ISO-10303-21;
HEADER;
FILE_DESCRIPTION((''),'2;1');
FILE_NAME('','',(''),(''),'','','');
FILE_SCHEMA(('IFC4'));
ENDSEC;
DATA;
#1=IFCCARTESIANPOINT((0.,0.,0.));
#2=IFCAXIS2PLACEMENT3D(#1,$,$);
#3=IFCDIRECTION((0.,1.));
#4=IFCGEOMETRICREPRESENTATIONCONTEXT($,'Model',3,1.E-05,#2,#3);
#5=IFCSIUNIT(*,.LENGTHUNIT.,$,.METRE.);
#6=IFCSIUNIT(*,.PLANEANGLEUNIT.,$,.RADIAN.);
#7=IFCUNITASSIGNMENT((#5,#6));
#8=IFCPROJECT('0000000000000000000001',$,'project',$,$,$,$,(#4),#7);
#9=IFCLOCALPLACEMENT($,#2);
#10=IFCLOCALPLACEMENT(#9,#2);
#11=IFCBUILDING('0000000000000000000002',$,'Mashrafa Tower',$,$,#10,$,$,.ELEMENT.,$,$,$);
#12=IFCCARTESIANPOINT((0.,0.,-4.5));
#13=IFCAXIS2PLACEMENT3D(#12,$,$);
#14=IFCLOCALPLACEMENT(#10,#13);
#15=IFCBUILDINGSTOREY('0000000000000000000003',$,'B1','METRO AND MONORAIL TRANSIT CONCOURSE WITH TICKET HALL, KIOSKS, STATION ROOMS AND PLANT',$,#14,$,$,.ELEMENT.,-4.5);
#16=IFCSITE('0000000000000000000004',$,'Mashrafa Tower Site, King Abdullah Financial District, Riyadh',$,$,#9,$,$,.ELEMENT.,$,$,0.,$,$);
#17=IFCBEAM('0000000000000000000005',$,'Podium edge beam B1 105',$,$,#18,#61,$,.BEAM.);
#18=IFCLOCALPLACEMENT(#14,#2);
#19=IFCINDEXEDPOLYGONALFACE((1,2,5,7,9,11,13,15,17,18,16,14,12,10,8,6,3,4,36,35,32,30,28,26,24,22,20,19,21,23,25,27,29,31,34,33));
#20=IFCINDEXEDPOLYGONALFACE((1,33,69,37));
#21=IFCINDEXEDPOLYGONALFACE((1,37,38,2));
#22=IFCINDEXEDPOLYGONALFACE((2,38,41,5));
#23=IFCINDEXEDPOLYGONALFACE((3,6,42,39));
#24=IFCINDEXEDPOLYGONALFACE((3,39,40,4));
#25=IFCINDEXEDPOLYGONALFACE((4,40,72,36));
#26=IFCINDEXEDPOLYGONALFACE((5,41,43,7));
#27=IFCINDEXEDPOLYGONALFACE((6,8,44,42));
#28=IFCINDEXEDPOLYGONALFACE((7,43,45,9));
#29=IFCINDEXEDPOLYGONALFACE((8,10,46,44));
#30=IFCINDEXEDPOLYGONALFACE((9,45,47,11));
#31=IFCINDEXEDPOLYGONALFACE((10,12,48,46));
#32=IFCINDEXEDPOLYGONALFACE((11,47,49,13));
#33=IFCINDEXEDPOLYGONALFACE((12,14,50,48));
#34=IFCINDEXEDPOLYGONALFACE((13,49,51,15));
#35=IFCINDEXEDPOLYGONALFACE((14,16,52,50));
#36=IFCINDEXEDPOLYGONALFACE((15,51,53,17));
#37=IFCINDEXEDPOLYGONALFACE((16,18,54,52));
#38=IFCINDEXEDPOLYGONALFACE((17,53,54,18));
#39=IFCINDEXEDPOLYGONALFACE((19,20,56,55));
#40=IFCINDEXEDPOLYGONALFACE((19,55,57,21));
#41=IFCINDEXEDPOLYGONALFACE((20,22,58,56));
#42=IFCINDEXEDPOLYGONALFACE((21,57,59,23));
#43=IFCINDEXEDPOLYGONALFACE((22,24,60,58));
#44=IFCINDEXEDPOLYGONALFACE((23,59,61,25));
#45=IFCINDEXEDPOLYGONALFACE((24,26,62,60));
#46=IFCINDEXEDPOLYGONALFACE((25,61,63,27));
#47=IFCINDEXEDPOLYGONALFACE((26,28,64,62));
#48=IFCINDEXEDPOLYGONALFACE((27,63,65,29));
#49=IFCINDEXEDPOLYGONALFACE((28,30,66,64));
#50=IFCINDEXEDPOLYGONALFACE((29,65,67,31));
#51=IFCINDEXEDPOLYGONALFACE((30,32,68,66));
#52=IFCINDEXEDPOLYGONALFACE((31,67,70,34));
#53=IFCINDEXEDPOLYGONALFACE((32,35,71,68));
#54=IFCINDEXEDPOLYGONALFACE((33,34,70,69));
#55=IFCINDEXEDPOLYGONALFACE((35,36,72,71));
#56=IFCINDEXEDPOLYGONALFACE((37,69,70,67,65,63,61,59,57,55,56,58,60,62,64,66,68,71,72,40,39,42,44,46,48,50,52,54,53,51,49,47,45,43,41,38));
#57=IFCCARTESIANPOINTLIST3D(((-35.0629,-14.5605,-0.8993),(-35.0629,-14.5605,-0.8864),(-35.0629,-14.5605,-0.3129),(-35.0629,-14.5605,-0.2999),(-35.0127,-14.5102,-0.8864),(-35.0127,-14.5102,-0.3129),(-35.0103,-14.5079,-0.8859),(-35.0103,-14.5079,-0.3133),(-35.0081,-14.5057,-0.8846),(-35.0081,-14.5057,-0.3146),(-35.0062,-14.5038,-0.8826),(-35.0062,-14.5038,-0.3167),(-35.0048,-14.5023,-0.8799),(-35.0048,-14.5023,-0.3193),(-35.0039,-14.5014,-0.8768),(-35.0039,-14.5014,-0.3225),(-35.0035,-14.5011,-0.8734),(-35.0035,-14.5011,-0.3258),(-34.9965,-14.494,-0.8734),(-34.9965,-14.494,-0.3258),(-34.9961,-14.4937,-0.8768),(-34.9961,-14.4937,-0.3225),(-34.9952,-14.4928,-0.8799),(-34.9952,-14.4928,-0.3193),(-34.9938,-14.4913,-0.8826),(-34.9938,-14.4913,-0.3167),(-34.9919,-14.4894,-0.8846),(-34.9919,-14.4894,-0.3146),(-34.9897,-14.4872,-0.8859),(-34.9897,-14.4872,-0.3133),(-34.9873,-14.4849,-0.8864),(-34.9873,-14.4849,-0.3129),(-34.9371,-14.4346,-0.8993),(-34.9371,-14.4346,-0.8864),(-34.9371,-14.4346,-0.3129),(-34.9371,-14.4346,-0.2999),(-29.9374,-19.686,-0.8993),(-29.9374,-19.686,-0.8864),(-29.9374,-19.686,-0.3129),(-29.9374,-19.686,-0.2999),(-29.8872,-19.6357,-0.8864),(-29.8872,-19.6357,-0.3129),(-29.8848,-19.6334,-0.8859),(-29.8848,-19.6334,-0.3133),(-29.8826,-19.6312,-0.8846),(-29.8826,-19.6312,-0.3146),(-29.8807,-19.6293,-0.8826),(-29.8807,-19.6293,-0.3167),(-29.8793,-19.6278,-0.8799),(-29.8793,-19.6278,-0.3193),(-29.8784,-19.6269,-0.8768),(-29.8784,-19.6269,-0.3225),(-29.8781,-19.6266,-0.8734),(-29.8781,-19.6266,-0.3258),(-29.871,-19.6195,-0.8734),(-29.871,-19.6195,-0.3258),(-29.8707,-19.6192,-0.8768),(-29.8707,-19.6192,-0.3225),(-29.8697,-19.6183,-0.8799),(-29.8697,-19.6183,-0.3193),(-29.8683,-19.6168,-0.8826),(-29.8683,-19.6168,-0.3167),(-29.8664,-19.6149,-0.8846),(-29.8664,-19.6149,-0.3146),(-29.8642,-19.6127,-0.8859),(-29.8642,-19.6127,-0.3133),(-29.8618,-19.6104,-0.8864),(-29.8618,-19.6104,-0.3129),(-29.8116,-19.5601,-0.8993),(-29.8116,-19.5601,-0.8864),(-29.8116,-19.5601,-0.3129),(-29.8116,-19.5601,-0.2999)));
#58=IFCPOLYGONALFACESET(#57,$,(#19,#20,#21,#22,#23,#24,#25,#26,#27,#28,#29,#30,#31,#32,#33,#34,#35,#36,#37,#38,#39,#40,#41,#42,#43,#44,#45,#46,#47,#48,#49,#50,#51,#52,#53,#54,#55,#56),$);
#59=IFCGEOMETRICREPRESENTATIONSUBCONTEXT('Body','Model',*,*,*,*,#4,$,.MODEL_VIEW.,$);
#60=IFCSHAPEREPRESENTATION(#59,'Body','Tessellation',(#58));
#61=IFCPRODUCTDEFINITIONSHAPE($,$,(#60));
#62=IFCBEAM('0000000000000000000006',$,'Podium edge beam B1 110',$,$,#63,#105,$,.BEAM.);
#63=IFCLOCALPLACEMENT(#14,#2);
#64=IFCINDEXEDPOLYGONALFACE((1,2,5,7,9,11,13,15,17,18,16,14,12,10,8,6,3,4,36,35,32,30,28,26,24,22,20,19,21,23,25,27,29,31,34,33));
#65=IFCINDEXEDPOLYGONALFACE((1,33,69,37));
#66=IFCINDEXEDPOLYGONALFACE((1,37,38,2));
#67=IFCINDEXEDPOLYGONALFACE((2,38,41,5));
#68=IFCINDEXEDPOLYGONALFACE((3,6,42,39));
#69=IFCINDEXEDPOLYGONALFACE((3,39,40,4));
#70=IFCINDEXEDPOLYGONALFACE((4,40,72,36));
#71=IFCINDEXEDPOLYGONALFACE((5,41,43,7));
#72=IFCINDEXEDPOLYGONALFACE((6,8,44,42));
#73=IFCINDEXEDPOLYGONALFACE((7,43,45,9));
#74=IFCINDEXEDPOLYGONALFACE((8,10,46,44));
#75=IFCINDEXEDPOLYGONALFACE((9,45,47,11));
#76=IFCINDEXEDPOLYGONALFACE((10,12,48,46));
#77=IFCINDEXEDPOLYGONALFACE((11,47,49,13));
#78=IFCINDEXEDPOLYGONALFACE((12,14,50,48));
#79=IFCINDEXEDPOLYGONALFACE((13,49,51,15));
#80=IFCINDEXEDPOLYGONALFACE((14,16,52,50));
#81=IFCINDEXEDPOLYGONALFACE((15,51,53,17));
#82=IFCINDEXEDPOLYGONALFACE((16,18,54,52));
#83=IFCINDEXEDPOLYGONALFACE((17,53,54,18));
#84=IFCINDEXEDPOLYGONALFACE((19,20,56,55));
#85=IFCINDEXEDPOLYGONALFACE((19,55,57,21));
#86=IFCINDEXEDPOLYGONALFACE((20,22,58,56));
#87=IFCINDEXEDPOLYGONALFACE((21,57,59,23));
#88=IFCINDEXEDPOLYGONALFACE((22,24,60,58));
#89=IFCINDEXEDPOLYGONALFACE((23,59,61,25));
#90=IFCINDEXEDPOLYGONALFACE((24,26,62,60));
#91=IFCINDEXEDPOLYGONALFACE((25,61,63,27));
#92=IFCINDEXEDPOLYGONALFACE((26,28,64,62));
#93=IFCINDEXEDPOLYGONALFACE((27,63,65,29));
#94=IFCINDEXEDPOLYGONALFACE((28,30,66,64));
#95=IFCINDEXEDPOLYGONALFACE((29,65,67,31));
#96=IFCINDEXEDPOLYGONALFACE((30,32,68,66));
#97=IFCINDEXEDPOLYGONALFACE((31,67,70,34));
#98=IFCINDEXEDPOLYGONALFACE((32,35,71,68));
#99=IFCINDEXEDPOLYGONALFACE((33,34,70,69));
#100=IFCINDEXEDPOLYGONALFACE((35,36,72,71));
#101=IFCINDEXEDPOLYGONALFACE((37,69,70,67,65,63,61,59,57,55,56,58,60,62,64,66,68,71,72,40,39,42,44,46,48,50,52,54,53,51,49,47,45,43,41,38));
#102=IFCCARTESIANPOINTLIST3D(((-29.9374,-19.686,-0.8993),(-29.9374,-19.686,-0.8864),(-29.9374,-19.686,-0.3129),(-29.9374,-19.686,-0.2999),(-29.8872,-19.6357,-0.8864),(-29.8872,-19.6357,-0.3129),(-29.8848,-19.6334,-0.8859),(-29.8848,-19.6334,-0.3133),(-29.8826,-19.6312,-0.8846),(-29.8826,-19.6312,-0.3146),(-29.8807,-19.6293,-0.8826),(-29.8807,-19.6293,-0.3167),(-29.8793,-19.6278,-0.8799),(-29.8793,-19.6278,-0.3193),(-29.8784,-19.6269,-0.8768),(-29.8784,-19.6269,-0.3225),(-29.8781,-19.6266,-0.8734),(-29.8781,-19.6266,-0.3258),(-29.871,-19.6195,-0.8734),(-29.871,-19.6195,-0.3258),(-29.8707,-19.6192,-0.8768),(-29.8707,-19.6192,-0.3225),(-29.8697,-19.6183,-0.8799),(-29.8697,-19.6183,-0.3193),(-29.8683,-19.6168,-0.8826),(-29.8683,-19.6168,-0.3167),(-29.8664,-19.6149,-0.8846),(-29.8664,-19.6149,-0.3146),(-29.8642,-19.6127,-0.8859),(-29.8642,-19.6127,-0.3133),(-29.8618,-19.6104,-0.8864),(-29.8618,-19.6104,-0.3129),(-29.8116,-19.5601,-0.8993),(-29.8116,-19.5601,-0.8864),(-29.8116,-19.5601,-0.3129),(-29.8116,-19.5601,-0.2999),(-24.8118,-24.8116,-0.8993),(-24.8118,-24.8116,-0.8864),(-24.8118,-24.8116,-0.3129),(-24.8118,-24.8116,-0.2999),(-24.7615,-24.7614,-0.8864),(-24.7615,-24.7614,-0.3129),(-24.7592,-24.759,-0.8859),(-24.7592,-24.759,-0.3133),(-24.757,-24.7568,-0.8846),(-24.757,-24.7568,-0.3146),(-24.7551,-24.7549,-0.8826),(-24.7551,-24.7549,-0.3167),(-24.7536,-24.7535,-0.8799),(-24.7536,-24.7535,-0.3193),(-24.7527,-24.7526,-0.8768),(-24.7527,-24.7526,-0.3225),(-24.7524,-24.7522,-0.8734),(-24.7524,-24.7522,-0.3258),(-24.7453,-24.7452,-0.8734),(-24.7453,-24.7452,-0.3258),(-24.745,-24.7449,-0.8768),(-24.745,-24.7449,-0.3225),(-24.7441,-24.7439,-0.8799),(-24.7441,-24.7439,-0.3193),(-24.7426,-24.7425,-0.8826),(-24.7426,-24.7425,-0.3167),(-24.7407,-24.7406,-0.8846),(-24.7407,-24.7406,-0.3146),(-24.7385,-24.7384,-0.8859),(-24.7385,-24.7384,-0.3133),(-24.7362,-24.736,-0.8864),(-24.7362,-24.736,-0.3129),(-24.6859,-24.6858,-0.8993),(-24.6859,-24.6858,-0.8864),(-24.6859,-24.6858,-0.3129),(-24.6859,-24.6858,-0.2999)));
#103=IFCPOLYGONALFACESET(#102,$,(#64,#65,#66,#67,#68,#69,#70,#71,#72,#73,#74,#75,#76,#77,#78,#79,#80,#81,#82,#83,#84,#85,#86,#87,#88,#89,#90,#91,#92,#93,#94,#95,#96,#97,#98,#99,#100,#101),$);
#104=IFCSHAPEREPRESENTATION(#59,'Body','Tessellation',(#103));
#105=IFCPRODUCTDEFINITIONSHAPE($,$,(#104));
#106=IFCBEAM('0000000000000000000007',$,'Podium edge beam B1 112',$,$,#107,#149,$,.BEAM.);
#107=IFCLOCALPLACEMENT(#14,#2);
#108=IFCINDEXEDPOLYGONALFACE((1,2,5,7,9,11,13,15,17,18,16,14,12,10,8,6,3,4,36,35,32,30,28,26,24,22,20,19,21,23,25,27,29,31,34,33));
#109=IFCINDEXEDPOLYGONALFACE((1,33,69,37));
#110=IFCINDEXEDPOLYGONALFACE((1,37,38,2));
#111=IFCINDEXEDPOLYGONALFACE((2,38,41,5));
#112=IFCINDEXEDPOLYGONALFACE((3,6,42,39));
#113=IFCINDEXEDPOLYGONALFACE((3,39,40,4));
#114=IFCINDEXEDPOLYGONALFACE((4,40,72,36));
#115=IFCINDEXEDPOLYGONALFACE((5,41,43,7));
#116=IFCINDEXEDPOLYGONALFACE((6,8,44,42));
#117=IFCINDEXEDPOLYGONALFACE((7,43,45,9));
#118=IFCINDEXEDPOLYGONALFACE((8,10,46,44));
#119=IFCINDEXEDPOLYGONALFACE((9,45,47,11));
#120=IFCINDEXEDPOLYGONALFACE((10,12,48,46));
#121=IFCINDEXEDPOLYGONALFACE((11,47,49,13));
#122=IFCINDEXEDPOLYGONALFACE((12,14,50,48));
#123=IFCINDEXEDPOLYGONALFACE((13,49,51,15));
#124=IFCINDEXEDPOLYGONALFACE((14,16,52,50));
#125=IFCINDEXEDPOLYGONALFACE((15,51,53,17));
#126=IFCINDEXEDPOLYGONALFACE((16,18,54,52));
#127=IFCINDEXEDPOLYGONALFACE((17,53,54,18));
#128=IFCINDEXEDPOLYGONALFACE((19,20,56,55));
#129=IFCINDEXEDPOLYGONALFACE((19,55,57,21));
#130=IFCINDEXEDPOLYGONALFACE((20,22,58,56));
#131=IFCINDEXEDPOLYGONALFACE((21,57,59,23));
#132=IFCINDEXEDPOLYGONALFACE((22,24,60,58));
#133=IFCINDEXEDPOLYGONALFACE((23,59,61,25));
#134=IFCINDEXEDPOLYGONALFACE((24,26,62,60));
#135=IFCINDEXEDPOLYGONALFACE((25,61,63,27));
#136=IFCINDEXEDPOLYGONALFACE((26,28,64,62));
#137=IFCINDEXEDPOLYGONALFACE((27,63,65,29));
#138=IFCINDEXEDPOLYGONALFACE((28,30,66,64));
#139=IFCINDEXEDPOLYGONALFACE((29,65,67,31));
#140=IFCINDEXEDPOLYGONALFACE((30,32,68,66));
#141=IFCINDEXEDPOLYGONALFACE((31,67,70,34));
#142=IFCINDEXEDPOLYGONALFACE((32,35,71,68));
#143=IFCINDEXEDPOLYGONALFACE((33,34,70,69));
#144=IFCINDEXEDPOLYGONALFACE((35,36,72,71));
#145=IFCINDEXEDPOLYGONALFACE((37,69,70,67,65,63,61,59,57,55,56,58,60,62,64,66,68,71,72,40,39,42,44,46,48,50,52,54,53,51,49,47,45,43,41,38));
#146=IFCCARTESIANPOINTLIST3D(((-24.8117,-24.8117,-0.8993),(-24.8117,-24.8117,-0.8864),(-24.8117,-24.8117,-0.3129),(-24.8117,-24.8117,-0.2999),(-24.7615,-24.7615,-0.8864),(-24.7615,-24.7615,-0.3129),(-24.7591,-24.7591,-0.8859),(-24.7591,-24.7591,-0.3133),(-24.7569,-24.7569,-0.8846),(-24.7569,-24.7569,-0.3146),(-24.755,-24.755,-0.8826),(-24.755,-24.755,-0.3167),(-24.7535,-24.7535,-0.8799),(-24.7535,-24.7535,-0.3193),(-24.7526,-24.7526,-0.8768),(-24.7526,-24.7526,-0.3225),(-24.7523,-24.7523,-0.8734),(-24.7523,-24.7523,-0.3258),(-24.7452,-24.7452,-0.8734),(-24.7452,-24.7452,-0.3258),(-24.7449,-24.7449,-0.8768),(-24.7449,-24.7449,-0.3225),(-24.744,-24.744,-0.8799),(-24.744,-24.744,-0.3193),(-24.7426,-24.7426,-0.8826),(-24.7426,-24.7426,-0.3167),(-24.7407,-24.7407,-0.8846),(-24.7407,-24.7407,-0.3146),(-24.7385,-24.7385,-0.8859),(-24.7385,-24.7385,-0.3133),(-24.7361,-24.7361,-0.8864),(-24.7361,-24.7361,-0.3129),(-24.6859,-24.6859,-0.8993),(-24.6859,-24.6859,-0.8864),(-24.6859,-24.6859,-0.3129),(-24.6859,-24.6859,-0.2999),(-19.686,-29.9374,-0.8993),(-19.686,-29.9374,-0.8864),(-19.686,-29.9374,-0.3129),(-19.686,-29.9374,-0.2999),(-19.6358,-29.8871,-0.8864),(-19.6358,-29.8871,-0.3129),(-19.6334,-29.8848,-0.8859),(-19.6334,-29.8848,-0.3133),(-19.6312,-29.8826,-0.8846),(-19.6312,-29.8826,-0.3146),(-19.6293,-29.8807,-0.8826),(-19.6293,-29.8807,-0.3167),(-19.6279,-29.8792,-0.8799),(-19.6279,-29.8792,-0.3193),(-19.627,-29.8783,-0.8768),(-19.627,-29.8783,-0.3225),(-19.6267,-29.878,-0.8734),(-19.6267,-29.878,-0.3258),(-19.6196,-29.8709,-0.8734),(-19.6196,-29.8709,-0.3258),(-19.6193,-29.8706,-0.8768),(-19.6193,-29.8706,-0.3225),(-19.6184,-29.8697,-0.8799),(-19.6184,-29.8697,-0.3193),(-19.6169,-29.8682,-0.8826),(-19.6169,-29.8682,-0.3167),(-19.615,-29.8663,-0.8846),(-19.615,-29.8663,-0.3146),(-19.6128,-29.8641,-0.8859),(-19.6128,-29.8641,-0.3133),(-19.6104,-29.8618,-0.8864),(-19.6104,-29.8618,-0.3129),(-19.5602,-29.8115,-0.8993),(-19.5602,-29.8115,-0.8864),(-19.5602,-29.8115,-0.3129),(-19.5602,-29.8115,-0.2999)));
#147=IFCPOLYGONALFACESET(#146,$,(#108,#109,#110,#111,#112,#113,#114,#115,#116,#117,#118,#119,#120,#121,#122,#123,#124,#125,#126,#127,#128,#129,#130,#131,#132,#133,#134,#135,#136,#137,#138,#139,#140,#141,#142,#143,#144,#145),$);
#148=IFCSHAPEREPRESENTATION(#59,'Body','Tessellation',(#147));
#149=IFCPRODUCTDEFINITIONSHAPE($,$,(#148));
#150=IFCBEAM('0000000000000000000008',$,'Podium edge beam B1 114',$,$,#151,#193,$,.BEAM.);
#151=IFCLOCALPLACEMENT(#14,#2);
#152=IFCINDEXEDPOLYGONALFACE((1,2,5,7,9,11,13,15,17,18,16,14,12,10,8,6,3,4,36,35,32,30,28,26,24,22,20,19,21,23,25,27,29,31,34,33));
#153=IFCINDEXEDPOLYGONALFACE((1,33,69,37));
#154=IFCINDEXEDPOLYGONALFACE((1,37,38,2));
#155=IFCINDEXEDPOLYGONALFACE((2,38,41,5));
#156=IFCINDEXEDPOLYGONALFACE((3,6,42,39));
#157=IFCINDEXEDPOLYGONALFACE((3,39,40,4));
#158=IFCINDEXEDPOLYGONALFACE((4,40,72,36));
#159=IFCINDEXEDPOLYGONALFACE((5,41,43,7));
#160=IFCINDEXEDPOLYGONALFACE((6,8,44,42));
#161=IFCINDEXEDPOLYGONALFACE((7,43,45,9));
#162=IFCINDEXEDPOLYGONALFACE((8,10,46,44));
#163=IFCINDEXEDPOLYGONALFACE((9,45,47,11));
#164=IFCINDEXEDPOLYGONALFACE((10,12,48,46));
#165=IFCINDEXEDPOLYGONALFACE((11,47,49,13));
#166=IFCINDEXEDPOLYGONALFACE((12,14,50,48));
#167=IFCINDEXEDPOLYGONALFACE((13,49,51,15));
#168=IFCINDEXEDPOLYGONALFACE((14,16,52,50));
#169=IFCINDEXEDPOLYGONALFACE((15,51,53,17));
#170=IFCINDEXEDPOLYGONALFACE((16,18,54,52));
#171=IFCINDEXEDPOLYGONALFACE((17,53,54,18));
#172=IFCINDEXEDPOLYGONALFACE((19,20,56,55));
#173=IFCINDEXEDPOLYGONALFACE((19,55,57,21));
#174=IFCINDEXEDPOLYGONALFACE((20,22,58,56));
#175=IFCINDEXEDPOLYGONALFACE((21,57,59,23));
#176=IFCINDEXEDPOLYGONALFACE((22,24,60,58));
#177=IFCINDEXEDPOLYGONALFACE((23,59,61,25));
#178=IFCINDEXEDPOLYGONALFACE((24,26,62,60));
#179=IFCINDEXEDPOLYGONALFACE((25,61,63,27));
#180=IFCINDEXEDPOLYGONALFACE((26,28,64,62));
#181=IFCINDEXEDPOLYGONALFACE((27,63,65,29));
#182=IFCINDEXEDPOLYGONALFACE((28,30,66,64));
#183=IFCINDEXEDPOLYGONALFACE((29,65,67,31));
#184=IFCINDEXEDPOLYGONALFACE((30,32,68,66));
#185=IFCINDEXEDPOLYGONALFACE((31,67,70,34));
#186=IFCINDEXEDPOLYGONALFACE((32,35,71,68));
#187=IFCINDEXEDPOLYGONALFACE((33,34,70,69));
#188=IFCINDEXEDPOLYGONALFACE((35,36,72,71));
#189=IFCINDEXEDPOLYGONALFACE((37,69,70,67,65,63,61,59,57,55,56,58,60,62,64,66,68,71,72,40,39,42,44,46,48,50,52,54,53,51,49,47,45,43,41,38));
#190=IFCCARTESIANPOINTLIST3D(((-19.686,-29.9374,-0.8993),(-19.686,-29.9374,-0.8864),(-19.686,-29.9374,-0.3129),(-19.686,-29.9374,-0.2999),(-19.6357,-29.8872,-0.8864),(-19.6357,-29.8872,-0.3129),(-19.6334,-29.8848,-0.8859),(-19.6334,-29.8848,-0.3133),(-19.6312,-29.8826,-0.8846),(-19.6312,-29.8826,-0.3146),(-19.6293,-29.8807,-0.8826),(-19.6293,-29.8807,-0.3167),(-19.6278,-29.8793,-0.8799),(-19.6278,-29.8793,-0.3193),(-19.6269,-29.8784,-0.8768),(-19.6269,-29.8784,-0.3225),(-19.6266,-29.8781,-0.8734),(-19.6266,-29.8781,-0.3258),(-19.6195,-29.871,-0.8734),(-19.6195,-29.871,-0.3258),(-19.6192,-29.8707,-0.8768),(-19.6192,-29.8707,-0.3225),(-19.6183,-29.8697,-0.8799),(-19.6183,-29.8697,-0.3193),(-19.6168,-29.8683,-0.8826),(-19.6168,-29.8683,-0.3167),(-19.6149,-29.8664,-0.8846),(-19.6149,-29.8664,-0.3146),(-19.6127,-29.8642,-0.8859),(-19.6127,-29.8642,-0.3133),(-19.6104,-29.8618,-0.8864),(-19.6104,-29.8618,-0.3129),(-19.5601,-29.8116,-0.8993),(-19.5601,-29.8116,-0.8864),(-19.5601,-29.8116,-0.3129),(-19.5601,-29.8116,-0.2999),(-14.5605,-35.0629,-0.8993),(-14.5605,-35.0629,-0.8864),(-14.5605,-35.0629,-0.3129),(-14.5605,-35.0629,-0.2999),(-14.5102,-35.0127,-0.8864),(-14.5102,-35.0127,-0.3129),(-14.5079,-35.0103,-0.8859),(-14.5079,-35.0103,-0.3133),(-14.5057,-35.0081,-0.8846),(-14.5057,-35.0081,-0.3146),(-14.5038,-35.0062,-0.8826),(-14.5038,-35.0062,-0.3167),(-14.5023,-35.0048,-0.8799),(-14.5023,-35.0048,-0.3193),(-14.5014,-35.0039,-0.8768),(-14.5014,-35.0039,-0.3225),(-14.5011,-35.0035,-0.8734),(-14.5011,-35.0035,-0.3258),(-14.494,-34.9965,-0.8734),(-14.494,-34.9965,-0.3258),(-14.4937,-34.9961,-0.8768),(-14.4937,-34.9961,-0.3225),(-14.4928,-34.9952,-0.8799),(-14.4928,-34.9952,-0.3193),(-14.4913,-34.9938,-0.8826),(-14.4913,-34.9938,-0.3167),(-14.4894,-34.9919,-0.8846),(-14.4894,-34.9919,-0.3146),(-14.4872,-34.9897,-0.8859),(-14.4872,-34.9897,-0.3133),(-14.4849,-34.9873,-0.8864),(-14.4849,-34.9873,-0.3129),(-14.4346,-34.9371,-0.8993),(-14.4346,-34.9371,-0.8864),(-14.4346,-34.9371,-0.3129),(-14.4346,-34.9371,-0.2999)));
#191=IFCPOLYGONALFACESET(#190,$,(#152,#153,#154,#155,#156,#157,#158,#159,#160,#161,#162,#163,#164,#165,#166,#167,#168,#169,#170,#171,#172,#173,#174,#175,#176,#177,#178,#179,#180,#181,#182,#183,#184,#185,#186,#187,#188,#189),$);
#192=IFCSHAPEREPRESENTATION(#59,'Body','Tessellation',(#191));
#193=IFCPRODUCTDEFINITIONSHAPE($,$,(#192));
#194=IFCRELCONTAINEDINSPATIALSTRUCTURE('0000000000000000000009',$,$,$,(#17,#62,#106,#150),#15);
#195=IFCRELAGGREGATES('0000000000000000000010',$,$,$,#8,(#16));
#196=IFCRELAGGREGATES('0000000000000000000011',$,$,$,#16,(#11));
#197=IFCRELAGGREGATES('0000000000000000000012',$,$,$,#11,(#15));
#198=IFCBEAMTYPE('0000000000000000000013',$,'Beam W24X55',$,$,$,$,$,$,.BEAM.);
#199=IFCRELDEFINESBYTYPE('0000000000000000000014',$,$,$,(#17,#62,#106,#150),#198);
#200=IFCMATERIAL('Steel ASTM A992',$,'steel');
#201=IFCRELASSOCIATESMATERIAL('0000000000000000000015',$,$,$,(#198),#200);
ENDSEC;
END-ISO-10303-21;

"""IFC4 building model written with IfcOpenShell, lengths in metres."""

from ifc_helpers import new_model, si_unit, direction, frame, origin, origin_2d, place, context, subcontext, project, spatial, i_section, extrude, material, material_profile, profile_set, type_object, element, save


model = new_model("IFC4")

# Units and contexts
model_context = context("Model", 3, precision=1e-05, world=origin(), true_north=direction((0.0, 1.0)))
body_context = subcontext(model_context, "Body", "Model", "MODEL_VIEW")
ifc_project = project(units=[si_unit("LENGTHUNIT", "METRE"), si_unit("PLANEANGLEUNIT", "RADIAN")], contexts=[model_context])

# Site, building, storey
site_placement = place(None, origin())
site = spatial("IfcSite", under=ifc_project, at=site_placement, Name="Mashrafa Tower Site, King Abdullah Financial District, Riyadh", CompositionType="ELEMENT", RefElevation=0.0)
building_placement = place(site_placement, origin())
building = spatial("IfcBuilding", under=site, at=building_placement, Name="Mashrafa Tower", CompositionType="ELEMENT")
storey_placement = place(building_placement, frame((0.0, 0.0, -4.5)))
storey = spatial("IfcBuildingStorey", under=building, at=storey_placement, Name="B1", Description="METRO AND MONORAIL TRANSIT CONCOURSE WITH TICKET HALL, KIOSKS, STATION ROOMS AND PLANT", CompositionType="ELEMENT", Elevation=-4.5)

# Beams
ifc_material_1 = material(Name="Steel ASTM A992", Category="steel")
ifc_material_profile_1 = material_profile(ifc_material_1, i_section(OverallWidth=0.178, OverallDepth=0.5994, WebThickness=0.01, FlangeThickness=0.0129, FilletRadius=0.0129, at=origin_2d()), Name="W24X55")
ifc_profile_set_1 = profile_set([ifc_material_profile_1], Name="Steel ASTM A992")
beam_type_1 = type_object("IfcBeamType", Name="Beam W24X55", PredefinedType="BEAM", material=ifc_profile_set_1)
beam_1_placement = place(storey_placement, frame((-35.0, -14.4976, -0.5996), z_axis=(0.707107, -0.707107, 0.0), x_axis=(0.707107, 0.707107, 0.0)))
element("IfcBeam", 1, at=beam_1_placement, inside=storey, type_object=beam_type_1, Name="Podium edge beam B1 105", PredefinedType="BEAM", context=body_context, shape_type="SweptSolid", body=[
    extrude(i_section(OverallWidth=0.178, OverallDepth=0.5994, WebThickness=0.01, FlangeThickness=0.0129, FilletRadius=0.0129, at=origin_2d()), origin(), (0.0, 0.0, 1.0), 7.2485),
])
for number, where, z_axis, x_axis, name in (
    (2, (-29.8745, -19.623, -0.5996), (0.707107, -0.707107, 0.0), (0.707107, 0.707107, 0.0), "Podium edge beam B1 110"),
    (3, (-24.7488, -24.7488, -0.5996), (0.707107, -0.707107, 0.0), (0.707107, 0.707107, 0.0), "Podium edge beam B1 112"),
):
    element("IfcBeam", number, at=place(storey_placement, frame(where, z_axis=z_axis, x_axis=x_axis)), inside=storey, type_object=beam_type_1, Name=name, PredefinedType="BEAM", context=body_context, shape_type="SweptSolid", body=[
        extrude(i_section(OverallWidth=0.178, OverallDepth=0.5994, WebThickness=0.01, FlangeThickness=0.0129, FilletRadius=0.0129, at=origin_2d()), origin(), (0.0, 0.0, 1.0), 7.2488),
    ])
beam_2_placement = place(storey_placement, frame((-19.623, -29.8745, -0.5996), z_axis=(0.707107, -0.707107, 0.0), x_axis=(0.707107, 0.707107, 0.0)))
element("IfcBeam", 4, at=beam_2_placement, inside=storey, type_object=beam_type_1, Name="Podium edge beam B1 114", PredefinedType="BEAM", context=body_context, shape_type="SweptSolid", body=[
    extrude(i_section(OverallWidth=0.178, OverallDepth=0.5994, WebThickness=0.01, FlangeThickness=0.0129, FilletRadius=0.0129, at=origin_2d()), origin(), (0.0, 0.0, 1.0), 7.2485),
])

save(model, "model.ifc")
